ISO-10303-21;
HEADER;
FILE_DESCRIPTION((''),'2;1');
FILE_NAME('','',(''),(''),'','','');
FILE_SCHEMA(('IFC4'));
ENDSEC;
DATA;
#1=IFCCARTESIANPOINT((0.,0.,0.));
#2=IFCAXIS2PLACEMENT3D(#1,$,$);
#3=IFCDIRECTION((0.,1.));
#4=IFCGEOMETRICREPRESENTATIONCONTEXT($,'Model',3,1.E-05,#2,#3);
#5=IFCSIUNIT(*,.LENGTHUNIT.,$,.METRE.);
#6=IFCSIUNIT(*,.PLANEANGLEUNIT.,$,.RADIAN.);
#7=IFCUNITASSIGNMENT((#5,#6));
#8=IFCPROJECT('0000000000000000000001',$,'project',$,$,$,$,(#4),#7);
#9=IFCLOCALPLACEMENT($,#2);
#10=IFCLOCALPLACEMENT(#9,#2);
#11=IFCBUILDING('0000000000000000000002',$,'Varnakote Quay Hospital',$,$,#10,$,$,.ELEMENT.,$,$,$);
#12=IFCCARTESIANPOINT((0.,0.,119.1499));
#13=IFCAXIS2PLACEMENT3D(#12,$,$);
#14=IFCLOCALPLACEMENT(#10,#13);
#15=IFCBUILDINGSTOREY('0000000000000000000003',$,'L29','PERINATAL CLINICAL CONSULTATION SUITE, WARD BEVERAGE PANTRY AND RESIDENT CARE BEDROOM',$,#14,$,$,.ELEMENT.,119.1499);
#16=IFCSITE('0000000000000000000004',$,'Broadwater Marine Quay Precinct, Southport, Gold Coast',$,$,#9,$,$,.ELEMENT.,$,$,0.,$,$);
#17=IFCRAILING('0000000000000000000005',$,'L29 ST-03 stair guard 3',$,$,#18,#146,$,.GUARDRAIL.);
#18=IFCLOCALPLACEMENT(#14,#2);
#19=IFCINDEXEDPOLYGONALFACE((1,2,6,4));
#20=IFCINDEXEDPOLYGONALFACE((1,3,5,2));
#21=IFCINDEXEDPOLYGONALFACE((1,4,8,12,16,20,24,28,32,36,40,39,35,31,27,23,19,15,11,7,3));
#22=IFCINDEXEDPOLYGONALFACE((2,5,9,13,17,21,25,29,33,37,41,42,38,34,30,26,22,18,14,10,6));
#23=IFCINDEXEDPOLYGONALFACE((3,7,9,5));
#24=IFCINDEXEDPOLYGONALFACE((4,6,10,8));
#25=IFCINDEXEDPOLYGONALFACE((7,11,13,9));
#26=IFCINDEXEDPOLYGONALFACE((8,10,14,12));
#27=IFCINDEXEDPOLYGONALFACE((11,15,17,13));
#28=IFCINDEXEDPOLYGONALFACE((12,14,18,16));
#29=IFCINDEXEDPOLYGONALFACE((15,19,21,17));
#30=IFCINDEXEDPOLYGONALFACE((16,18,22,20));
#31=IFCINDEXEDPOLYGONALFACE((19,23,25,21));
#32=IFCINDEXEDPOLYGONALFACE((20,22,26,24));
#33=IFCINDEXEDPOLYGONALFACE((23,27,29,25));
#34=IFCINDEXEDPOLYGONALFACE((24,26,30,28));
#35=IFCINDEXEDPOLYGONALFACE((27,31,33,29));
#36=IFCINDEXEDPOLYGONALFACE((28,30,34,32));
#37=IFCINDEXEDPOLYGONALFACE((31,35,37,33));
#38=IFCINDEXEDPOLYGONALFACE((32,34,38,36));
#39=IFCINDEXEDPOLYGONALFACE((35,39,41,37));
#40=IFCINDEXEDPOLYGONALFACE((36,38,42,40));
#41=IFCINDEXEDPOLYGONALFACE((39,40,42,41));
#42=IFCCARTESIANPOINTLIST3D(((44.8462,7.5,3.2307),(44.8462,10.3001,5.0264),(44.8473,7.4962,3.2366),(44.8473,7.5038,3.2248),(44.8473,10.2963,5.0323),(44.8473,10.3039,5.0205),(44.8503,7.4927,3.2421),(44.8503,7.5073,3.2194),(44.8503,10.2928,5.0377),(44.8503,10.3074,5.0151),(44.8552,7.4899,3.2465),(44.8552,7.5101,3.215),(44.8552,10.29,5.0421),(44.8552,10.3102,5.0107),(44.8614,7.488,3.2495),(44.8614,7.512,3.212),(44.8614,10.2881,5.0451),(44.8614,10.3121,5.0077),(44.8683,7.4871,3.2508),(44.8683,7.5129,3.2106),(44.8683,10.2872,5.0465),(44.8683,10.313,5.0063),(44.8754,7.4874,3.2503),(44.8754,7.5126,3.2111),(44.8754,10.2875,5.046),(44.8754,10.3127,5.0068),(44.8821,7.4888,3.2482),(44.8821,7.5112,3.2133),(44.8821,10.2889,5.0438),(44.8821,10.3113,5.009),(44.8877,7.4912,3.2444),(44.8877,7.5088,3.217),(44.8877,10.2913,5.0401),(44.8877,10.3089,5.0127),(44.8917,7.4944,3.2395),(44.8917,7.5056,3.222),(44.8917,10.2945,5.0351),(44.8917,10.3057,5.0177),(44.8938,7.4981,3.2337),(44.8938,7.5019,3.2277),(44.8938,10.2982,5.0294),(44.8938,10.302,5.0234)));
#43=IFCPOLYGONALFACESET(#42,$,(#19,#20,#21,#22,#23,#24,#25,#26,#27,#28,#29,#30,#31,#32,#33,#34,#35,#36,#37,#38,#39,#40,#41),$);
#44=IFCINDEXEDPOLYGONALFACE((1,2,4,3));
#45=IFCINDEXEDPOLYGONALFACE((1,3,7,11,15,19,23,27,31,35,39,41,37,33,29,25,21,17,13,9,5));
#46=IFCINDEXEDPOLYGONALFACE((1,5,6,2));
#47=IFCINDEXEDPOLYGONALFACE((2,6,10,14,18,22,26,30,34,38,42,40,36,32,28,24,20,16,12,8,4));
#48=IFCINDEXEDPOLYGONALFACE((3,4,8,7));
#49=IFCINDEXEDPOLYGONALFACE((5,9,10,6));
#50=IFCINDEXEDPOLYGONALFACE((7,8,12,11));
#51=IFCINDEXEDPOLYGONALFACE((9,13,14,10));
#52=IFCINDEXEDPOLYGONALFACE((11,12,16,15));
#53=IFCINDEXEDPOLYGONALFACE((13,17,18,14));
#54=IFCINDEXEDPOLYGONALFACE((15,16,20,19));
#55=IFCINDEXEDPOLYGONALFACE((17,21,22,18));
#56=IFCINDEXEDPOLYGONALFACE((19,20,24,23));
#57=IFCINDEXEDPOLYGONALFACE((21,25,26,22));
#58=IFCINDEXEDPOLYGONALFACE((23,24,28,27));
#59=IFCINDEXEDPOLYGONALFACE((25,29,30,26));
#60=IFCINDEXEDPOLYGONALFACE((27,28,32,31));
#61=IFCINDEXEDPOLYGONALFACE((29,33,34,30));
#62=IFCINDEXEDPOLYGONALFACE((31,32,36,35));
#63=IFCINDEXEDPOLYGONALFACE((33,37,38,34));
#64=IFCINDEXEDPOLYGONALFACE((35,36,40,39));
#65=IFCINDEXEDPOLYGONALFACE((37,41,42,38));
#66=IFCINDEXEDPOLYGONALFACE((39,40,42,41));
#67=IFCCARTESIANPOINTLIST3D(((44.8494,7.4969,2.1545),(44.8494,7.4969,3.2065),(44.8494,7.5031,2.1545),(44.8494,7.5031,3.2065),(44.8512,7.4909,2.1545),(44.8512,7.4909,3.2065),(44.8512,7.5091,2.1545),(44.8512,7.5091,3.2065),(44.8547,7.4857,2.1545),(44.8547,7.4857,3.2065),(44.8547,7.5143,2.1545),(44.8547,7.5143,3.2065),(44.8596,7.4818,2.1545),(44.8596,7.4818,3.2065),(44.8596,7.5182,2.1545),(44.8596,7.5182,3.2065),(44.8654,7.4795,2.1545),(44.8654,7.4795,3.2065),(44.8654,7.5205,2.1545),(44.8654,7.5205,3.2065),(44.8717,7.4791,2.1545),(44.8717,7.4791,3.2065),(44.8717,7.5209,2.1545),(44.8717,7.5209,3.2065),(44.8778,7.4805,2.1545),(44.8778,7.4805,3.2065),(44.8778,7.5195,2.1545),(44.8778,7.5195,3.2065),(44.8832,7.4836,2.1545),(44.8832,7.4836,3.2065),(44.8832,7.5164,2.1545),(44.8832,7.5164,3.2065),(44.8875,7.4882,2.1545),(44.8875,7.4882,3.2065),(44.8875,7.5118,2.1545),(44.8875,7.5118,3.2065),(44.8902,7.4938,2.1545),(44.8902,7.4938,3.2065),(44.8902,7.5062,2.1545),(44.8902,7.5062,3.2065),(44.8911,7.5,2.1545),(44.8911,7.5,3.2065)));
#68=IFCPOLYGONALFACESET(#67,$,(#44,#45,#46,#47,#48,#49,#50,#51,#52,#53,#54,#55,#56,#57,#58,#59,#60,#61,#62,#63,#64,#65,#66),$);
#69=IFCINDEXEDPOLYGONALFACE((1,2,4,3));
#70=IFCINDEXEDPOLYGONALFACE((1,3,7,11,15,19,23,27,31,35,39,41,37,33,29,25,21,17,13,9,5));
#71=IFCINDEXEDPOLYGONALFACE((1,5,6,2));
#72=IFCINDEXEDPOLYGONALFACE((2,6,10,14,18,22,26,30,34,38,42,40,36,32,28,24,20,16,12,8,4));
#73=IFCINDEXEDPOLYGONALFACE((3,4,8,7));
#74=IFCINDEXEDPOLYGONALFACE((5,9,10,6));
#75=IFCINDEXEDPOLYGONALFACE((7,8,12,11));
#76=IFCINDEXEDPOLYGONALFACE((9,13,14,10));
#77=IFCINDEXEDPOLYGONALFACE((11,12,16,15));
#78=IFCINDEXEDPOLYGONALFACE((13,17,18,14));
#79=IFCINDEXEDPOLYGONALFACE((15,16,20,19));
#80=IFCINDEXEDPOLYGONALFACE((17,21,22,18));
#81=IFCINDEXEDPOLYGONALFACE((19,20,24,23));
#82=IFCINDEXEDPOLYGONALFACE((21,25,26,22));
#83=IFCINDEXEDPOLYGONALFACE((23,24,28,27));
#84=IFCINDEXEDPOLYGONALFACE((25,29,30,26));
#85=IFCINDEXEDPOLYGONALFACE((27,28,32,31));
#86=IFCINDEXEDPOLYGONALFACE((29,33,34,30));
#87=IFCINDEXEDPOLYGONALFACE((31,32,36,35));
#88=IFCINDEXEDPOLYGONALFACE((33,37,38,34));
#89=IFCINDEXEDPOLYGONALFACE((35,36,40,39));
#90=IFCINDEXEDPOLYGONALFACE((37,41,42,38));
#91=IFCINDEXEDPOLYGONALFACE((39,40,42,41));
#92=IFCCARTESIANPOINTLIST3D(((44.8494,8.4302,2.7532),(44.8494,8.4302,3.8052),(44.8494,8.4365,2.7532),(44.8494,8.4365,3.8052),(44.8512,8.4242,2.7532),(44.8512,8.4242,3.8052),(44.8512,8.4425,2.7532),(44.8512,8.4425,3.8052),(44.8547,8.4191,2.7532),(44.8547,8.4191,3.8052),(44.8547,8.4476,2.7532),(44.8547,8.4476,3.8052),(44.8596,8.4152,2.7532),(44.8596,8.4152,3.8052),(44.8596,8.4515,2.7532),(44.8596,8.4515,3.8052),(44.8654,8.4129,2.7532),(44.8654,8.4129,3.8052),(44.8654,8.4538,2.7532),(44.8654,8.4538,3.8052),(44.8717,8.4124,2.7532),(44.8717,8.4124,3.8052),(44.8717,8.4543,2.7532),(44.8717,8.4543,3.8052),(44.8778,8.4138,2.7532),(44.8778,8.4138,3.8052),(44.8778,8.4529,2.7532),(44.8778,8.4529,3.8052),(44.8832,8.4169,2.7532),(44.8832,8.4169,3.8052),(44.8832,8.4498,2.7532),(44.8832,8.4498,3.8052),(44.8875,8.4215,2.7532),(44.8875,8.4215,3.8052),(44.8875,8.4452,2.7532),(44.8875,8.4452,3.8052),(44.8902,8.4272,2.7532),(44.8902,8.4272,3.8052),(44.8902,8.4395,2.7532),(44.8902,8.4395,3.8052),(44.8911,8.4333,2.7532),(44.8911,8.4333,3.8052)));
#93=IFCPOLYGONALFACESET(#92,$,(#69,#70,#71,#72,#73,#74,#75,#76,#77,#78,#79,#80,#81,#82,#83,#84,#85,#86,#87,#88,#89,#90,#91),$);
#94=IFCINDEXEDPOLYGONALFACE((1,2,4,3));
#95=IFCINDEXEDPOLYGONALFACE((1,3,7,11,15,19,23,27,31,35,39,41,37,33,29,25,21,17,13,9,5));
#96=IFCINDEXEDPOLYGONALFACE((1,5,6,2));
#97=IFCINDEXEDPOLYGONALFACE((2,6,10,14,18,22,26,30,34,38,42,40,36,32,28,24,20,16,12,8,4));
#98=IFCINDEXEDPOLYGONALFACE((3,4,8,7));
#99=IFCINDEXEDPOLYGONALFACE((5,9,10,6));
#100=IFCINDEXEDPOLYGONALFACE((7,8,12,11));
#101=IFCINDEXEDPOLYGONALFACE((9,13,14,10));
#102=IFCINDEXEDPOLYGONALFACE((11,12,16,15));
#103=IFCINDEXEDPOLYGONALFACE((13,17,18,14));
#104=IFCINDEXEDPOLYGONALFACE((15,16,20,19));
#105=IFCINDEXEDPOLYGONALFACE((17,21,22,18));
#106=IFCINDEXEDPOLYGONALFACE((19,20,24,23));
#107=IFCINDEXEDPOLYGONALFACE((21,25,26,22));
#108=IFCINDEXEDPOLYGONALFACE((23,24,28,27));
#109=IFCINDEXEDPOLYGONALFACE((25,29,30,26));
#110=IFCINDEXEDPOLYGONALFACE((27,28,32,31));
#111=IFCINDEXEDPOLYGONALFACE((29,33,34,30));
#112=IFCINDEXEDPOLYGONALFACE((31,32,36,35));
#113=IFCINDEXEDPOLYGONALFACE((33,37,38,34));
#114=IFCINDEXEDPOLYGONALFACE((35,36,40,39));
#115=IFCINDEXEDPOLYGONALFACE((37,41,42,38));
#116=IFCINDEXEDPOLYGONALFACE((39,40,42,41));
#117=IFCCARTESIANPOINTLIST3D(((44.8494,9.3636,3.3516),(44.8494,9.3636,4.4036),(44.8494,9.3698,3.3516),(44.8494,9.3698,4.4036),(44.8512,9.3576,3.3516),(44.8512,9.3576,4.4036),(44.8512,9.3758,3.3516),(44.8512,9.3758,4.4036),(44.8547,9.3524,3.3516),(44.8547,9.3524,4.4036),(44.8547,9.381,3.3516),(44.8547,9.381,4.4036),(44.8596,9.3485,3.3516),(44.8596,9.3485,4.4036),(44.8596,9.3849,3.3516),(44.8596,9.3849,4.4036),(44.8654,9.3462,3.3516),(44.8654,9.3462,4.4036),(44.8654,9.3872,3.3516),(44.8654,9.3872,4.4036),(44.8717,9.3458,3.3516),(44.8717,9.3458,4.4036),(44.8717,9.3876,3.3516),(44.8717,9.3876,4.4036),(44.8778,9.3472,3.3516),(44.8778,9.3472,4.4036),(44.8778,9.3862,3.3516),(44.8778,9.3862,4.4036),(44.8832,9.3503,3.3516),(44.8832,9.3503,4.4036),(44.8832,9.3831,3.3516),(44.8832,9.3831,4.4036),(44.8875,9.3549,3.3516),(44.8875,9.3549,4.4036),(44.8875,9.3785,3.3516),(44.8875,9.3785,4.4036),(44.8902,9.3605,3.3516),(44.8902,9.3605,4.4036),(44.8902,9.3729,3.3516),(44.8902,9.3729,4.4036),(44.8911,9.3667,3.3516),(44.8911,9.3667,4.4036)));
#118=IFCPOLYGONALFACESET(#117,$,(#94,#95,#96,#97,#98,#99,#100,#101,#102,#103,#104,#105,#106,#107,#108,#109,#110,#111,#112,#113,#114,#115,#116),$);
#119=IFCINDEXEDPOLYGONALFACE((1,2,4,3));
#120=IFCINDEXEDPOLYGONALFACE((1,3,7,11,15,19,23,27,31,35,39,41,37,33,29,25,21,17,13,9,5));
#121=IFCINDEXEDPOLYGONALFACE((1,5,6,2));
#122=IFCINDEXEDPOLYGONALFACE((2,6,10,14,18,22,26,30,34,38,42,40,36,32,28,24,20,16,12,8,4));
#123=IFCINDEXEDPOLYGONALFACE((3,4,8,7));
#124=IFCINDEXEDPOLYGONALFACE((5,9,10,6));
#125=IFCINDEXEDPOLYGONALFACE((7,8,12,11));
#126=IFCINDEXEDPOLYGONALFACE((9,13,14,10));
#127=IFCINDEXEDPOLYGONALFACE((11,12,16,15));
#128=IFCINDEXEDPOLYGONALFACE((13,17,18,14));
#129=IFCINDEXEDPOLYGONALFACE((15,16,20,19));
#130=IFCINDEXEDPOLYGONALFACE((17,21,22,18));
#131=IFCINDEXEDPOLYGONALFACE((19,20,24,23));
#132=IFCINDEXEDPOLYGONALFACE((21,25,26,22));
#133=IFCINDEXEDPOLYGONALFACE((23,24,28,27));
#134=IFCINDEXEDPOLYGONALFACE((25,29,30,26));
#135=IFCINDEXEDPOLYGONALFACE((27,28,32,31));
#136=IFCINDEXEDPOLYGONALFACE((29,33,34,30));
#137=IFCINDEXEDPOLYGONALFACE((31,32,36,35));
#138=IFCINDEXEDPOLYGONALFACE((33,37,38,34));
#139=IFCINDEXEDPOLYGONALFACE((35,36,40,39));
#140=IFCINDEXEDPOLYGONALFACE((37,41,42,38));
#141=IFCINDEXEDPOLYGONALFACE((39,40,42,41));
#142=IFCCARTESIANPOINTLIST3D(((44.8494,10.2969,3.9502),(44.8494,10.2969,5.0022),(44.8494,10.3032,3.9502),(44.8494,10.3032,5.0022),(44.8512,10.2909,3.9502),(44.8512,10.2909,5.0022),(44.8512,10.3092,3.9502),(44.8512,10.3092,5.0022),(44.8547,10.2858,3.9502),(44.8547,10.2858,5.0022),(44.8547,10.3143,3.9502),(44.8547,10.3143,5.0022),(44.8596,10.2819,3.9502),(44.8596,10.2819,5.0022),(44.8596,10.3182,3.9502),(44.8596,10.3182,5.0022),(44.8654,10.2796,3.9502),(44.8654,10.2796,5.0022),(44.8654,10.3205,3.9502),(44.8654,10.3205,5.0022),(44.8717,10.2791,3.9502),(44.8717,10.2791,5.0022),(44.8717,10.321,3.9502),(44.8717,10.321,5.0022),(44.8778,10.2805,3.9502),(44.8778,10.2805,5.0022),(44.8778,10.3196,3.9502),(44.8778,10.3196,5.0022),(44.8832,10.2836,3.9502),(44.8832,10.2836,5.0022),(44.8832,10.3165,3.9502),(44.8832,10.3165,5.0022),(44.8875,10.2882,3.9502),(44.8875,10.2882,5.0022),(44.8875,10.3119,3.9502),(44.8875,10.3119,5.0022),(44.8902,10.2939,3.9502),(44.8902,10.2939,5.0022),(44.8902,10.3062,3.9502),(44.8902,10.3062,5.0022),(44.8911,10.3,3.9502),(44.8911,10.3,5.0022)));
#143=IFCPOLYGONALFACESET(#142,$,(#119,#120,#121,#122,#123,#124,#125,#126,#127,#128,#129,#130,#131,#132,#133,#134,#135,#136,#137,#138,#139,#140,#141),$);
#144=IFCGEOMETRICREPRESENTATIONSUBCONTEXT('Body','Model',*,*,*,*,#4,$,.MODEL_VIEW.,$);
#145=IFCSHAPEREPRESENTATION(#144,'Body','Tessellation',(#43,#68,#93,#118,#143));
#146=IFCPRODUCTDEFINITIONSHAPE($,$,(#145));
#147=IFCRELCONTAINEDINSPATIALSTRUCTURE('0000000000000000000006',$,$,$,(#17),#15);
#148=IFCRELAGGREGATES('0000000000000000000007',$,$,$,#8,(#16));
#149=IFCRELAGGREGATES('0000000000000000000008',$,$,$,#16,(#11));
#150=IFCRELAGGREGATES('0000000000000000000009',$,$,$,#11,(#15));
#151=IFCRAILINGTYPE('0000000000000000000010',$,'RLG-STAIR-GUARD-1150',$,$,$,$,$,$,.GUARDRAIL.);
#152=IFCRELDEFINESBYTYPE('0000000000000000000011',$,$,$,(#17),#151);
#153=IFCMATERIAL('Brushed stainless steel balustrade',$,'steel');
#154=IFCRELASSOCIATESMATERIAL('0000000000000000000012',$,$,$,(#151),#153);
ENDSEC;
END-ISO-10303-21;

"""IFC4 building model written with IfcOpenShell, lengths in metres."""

from ifc_helpers import new_model, si_unit, direction, frame, origin, origin_2d, place, context, subcontext, project, spatial, circle, extrude, material, type_object, element, save


model = new_model("IFC4")

# Units and contexts
model_context = context("Model", 3, precision=1e-05, world=origin(), true_north=direction((0.0, 1.0)))
body_context = subcontext(model_context, "Body", "Model", "MODEL_VIEW")
ifc_project = project(units=[si_unit("LENGTHUNIT", "METRE"), si_unit("PLANEANGLEUNIT", "RADIAN")], contexts=[model_context])

# Site, building, storey
site_placement = place(None, origin())
site = spatial("IfcSite", under=ifc_project, at=site_placement, Name="Broadwater Marine Quay Precinct, Southport, Gold Coast", CompositionType="ELEMENT", RefElevation=0.0)
building_placement = place(site_placement, origin())
building = spatial("IfcBuilding", under=site, at=building_placement, Name="Varnakote Quay Hospital", CompositionType="ELEMENT")
storey_placement = place(building_placement, frame((0.0, 0.0, 119.1499)))
storey = spatial("IfcBuildingStorey", under=building, at=storey_placement, Name="L29", Description="PERINATAL CLINICAL CONSULTATION SUITE, WARD BEVERAGE PANTRY AND RESIDENT CARE BEDROOM", CompositionType="ELEMENT", Elevation=119.1499)

# Railing
ifc_material_1 = material(Name="Brushed stainless steel balustrade", Category="steel")
railing_type_1 = type_object("IfcRailingType", Name="RLG-STAIR-GUARD-1150", PredefinedType="GUARDRAIL", material=ifc_material_1)
railing_1_placement = place(storey_placement, frame((44.8701, 7.5, 2.1545)))
element("IfcRailing", 1, at=railing_1_placement, inside=storey, type_object=railing_type_1, Name="L29 ST-03 stair guard 3", PredefinedType="GUARDRAIL", context=body_context, shape_type="SweptSolid", body=[
    extrude(circle(Radius=0.0239, at=origin_2d()), frame((0.0, 0.0, 1.0762), z_axis=(0.0, 0.841777, 0.539826), x_axis=(-1.0, 0.0, 0.0)), (0.0, 0.0, 1.0), 3.3264),
    extrude(circle(Radius=0.021, at=origin_2d()), origin(), (0.0, 0.0, 1.0), 1.052),
    extrude(circle(Radius=0.021, at=origin_2d()), frame((0.0, 0.9333, 0.5986)), (0.0, 0.0, 1.0), 1.052),
    extrude(circle(Radius=0.021, at=origin_2d()), frame((0.0, 1.8667, 1.197)), (0.0, 0.0, 1.0), 1.052),
    extrude(circle(Radius=0.021, at=origin_2d()), frame((0.0, 2.8, 1.7957)), (0.0, 0.0, 1.0), 1.052),
])

save(model, "model.ifc")
